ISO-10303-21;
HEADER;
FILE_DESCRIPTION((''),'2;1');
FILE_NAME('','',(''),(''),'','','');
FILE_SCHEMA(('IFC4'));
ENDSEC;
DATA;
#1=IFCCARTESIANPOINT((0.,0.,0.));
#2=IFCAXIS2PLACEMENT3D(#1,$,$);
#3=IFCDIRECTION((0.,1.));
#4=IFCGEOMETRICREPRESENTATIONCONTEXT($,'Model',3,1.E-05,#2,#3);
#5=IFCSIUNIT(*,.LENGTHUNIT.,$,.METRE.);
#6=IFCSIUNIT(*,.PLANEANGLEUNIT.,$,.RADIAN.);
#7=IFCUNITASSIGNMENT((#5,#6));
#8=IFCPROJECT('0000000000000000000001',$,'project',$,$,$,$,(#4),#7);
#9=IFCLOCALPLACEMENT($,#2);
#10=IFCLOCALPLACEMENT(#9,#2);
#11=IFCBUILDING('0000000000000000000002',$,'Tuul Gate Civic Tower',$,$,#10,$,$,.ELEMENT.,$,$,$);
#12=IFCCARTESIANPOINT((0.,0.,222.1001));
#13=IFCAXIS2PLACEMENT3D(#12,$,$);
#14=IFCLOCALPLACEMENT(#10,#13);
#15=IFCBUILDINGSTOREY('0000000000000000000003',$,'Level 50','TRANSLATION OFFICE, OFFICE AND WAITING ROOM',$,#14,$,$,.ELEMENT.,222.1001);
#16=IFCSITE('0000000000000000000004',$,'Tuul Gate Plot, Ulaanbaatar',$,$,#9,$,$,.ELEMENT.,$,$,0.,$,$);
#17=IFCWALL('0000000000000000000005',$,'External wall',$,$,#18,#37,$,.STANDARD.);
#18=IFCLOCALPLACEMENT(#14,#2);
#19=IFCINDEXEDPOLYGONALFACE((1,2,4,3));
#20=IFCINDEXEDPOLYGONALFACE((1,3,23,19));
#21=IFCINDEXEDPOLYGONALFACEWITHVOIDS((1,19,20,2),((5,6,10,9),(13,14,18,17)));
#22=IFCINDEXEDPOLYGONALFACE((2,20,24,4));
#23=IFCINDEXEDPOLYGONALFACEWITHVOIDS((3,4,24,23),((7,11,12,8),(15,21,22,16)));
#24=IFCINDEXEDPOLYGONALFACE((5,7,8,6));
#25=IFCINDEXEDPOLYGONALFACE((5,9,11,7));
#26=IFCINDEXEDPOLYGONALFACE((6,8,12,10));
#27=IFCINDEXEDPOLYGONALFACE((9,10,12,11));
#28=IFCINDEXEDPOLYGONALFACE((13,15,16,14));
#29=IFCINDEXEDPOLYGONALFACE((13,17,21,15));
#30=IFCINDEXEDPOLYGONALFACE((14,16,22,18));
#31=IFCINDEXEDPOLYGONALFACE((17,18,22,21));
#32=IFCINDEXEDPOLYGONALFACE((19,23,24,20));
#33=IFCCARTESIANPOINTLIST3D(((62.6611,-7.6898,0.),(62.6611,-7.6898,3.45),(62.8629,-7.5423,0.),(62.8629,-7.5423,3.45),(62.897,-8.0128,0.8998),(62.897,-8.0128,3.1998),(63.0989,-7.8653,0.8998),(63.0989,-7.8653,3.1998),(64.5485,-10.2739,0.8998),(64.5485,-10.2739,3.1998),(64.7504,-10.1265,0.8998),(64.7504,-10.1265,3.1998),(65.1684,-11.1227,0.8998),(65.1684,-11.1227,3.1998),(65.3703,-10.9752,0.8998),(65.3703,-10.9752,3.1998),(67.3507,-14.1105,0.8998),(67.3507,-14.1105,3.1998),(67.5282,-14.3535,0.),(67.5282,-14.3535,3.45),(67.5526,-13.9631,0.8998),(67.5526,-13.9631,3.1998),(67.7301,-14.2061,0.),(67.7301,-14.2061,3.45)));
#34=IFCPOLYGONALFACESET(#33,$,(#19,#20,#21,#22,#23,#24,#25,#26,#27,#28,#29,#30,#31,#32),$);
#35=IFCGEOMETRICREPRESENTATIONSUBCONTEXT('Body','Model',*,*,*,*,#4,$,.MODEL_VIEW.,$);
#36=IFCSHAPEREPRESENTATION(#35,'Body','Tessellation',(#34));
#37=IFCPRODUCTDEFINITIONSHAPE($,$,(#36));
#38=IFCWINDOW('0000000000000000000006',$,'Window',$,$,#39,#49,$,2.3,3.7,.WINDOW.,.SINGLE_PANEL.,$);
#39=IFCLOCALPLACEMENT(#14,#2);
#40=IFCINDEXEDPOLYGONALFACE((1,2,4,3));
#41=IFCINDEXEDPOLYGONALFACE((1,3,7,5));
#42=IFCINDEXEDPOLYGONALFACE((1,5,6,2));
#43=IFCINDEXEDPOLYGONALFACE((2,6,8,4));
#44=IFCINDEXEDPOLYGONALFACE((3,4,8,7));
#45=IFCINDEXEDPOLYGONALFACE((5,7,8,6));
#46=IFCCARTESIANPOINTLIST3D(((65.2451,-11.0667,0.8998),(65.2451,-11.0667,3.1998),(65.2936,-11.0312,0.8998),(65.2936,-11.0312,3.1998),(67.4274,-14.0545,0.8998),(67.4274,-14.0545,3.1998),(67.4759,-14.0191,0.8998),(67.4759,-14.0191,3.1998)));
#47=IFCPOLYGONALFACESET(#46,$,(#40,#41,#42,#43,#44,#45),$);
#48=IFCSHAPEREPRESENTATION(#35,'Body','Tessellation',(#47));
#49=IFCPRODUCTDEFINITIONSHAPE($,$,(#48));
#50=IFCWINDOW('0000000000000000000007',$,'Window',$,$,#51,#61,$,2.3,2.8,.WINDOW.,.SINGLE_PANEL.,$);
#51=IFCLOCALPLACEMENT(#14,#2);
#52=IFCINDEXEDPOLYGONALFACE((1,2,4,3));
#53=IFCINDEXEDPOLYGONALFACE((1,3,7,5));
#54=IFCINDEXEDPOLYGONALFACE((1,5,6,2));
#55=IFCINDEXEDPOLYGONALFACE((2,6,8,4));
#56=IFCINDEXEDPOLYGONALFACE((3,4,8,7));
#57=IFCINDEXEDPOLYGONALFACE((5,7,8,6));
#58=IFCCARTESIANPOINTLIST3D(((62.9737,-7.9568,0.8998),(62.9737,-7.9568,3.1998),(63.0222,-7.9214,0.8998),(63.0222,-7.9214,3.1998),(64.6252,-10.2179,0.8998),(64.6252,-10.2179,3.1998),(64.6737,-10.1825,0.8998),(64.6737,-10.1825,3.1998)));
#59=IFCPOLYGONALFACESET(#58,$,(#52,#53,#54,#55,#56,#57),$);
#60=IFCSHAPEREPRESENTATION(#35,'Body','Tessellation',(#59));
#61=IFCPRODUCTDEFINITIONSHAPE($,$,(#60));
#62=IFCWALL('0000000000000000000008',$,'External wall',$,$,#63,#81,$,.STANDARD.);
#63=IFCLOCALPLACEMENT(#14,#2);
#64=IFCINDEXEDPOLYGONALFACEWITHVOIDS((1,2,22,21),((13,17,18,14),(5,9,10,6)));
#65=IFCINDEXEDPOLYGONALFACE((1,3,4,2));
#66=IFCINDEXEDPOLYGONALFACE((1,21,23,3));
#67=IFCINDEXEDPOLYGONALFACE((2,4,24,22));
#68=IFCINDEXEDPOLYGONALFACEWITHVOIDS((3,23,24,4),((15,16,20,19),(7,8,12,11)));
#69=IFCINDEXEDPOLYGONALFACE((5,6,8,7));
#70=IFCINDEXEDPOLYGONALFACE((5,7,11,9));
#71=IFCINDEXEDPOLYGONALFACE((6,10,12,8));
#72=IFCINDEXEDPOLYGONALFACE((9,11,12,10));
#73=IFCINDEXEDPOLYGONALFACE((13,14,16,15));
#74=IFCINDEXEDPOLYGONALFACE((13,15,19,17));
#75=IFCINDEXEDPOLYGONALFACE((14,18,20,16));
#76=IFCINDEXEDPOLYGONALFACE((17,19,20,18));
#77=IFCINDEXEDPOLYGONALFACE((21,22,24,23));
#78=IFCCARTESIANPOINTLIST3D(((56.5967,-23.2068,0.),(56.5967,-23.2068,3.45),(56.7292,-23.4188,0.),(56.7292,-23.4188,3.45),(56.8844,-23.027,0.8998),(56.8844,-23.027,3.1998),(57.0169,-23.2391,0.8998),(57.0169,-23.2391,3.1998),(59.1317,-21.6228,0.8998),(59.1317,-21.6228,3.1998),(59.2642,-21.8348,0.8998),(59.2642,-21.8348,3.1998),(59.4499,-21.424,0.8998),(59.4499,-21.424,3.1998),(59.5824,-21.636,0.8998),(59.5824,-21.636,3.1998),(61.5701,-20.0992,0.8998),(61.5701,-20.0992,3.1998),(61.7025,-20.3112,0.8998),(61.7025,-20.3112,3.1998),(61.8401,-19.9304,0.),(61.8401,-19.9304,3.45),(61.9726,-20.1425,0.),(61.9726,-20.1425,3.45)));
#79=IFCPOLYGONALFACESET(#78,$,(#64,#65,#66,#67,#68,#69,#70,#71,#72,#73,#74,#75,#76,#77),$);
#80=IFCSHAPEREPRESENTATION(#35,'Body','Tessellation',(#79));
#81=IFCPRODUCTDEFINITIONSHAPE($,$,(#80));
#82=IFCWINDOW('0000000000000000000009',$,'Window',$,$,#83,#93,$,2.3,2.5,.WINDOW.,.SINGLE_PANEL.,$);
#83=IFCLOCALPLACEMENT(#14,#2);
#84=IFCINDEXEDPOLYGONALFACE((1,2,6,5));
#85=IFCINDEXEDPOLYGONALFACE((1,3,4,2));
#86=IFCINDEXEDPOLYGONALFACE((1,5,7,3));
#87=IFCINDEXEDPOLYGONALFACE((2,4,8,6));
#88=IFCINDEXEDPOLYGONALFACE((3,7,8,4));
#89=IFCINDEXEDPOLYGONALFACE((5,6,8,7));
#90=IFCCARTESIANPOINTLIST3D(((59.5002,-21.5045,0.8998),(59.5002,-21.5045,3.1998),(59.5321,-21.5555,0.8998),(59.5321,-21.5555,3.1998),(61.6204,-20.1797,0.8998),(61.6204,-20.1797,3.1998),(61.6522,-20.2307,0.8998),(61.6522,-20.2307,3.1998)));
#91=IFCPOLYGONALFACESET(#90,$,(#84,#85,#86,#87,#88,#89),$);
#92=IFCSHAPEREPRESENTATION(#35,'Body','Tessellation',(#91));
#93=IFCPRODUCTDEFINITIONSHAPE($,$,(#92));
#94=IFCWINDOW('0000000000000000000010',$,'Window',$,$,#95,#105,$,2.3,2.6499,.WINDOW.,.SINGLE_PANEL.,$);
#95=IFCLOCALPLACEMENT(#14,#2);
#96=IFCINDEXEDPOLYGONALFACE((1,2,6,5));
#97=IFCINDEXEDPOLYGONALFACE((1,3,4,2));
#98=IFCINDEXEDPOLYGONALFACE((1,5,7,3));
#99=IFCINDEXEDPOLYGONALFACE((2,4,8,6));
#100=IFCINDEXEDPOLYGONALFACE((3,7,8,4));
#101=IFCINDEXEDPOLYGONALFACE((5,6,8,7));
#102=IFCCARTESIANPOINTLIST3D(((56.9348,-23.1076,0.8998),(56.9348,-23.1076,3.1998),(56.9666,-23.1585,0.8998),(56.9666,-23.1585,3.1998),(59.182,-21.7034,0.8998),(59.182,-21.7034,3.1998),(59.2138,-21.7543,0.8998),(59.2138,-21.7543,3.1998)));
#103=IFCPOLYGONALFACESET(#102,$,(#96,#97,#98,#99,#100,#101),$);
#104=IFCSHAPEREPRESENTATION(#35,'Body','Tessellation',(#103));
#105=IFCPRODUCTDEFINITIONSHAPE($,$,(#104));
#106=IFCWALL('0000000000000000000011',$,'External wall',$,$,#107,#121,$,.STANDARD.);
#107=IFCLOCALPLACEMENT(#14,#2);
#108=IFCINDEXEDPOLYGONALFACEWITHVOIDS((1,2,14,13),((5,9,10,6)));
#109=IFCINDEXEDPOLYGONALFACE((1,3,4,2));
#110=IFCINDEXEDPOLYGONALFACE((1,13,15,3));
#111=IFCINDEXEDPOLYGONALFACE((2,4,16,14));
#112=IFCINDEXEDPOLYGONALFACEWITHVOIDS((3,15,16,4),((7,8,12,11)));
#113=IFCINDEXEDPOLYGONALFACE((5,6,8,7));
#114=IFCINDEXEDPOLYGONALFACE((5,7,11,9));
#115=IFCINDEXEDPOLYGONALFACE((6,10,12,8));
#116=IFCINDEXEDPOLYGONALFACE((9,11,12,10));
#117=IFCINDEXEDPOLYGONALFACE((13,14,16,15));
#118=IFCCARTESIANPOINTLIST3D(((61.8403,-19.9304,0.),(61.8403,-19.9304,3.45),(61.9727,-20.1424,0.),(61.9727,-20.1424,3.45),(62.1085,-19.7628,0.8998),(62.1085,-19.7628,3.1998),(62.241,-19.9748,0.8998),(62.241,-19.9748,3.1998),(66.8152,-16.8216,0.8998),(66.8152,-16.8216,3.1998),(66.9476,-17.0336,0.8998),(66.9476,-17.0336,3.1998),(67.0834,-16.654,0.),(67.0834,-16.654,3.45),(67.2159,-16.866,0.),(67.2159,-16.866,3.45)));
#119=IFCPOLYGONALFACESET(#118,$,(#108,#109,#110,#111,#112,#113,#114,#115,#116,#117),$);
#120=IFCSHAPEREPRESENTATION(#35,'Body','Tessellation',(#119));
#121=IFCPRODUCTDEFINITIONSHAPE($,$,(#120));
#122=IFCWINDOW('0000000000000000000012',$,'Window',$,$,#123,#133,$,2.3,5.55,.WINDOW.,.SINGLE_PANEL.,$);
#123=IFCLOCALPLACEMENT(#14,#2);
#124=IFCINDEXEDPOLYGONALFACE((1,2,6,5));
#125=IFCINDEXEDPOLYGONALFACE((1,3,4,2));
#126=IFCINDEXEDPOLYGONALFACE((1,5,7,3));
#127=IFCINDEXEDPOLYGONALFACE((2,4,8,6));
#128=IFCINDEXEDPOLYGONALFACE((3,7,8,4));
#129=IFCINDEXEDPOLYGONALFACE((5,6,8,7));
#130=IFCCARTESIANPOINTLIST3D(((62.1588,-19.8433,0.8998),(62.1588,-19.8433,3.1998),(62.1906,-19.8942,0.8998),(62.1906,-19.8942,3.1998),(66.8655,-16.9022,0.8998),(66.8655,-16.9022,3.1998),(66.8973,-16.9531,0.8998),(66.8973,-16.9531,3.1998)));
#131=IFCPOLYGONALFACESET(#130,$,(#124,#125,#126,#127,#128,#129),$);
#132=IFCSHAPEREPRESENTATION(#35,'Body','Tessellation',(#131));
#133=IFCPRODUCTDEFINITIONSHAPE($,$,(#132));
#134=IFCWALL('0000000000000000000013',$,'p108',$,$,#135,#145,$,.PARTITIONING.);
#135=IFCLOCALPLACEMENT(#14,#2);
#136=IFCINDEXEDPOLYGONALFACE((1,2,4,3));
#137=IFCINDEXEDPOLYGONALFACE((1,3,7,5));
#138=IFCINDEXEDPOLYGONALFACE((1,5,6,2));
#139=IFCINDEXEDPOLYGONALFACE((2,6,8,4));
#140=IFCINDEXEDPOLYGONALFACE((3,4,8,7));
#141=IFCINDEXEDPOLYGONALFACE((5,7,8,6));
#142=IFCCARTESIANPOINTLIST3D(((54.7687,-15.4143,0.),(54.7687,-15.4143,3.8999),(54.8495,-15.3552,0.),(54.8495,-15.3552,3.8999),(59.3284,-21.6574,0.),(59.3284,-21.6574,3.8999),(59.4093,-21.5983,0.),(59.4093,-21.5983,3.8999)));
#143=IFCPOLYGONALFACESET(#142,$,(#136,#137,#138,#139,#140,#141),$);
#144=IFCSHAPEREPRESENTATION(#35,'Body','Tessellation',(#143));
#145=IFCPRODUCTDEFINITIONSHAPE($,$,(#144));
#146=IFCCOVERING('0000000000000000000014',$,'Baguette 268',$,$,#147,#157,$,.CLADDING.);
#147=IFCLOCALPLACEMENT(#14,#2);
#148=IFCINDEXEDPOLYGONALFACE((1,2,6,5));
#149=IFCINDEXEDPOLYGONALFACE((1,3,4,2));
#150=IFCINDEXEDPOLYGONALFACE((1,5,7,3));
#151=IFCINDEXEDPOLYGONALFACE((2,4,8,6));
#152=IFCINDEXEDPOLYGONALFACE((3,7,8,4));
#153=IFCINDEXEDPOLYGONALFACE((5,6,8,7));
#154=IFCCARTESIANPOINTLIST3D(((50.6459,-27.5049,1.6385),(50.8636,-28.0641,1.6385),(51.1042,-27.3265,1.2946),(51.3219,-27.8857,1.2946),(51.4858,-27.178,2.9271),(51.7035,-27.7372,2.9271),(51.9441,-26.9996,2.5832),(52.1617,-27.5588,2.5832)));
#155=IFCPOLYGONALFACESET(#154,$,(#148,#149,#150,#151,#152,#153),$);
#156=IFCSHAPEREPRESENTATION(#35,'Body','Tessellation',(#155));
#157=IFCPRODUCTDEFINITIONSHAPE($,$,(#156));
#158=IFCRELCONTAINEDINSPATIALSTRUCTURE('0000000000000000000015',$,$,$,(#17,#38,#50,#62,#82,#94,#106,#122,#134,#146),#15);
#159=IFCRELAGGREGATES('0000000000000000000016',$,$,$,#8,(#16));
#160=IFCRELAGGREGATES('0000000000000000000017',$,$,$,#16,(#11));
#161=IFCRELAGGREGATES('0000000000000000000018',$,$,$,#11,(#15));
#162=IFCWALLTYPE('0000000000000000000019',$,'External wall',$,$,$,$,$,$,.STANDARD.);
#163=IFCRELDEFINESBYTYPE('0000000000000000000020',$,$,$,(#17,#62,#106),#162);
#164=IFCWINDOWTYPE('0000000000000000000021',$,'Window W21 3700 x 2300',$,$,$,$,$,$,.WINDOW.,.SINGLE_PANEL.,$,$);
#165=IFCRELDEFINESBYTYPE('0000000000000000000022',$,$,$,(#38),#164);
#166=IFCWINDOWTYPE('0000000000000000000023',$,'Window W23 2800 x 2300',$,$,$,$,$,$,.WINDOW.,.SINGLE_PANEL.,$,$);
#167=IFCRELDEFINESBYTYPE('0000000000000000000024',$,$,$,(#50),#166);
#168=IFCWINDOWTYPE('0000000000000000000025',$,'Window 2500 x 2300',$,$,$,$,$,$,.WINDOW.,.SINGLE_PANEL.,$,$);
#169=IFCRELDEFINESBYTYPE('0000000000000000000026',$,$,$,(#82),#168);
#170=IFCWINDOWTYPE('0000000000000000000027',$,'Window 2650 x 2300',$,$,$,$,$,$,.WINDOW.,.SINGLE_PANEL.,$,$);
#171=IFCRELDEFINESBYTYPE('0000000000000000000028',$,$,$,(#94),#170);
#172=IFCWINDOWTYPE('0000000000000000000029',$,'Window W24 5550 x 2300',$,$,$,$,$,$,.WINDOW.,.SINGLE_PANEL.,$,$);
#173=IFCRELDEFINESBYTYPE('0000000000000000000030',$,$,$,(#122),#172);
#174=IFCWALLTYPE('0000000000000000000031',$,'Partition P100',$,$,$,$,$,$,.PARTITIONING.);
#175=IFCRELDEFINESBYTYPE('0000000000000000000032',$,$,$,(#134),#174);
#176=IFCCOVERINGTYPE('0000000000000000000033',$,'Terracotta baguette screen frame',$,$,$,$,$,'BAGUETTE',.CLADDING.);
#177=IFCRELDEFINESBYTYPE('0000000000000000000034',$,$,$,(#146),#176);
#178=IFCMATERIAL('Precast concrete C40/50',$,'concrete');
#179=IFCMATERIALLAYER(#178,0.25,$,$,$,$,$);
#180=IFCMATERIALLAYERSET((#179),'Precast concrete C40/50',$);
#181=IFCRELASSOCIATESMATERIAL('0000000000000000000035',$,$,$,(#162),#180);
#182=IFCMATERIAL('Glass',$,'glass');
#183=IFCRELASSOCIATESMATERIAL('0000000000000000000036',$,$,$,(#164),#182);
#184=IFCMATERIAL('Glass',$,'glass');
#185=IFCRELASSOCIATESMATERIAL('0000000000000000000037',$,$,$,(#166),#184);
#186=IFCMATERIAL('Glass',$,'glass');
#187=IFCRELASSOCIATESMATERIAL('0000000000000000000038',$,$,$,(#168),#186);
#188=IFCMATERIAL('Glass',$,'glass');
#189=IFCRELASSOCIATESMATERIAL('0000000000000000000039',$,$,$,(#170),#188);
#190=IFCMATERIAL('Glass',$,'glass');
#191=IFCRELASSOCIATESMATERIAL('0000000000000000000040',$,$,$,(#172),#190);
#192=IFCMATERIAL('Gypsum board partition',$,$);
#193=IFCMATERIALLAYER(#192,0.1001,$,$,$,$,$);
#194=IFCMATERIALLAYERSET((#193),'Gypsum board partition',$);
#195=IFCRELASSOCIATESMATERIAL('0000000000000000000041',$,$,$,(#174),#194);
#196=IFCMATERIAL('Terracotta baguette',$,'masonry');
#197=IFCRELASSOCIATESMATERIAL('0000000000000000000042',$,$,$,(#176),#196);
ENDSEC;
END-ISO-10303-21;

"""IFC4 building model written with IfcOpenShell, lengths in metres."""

from ifc_helpers import new_model, si_unit, direction, frame, frame_2d, origin, origin_2d, place, context, subcontext, project, spatial, rectangle, extrude, material, layer, layer_set, material_profile, profile_set, type_object, element, fill, save


model = new_model("IFC4")

# Units and contexts
model_context = context("Model", 3, precision=1e-05, world=origin(), true_north=direction((0.0, 1.0)))
body_context = subcontext(model_context, "Body", "Model", "MODEL_VIEW")
ifc_project = project(units=[si_unit("LENGTHUNIT", "METRE"), si_unit("PLANEANGLEUNIT", "RADIAN")], contexts=[model_context])

# Site, building, storey
site_placement = place(None, origin())
site = spatial("IfcSite", under=ifc_project, at=site_placement, Name="Tuul Gate Plot, Ulaanbaatar", CompositionType="ELEMENT", RefElevation=0.0)
building_placement = place(site_placement, origin())
building = spatial("IfcBuilding", under=site, at=building_placement, Name="Tuul Gate Civic Tower", CompositionType="ELEMENT")
storey_placement = place(building_placement, frame((0.0, 0.0, 222.1001)))
storey = spatial("IfcBuildingStorey", under=building, at=storey_placement, Name="Level 50", Description="TRANSLATION OFFICE, OFFICE AND WAITING ROOM", CompositionType="ELEMENT", Elevation=222.1001)

# Shared definitions
ifc_material_1 = material(Name="Precast concrete C40/50", Category="concrete")
ifc_layer_1 = layer(ifc_material_1, 0.25)
ifc_layer_set_1 = layer_set([ifc_layer_1], Name="Precast concrete C40/50")
wall_type_1 = type_object("IfcWallType", Name="External wall", PredefinedType="STANDARD", material=ifc_layer_set_1)

# Walls, openings, windows
wall_1_placement = place(storey_placement, frame((67.6292, -14.2798, 0.0), z_axis=(0.0, 0.0, 1.0), x_axis=(-0.589817, 0.807537, 0.0)))
wall_1 = element("IfcWall", 1, at=wall_1_placement, inside=storey, type_object=wall_type_1, Name="External wall", PredefinedType="STANDARD", context=body_context, shape_type="SweptSolid", body=[
    extrude(rectangle(XDim=8.252, YDim=0.25, at=frame_2d((4.126, 0.0))), origin(), (0.0, 0.0, 1.0), 3.45),
])
opening_1_placement = place(wall_1_placement, frame((0.3008, 0.0, 0.8999)))
opening_1 = element("IfcOpeningElement", 2, at=opening_1_placement, cuts=wall_1, PredefinedType="OPENING", context=body_context, shape_type="SweptSolid", body=[
    extrude(rectangle(XDim=3.7, YDim=2.3, at=frame_2d((1.8501, 1.1499))), frame((0.0, 0.135, 0.0), z_axis=(0.0, -1.0, 0.0), x_axis=(1.0, 0.0, 0.0)), (0.0, 0.0, 1.0), 0.27),
])
opening_2_placement = place(wall_1_placement, frame((5.052, 0.0, 0.8999)))
opening_2 = element("IfcOpeningElement", 3, at=opening_2_placement, cuts=wall_1, PredefinedType="OPENING", context=body_context, shape_type="SweptSolid", body=[
    extrude(rectangle(XDim=2.8, YDim=2.3, at=frame_2d((1.3999, 1.1499))), frame((0.0, 0.135, 0.0), z_axis=(0.0, -1.0, 0.0), x_axis=(1.0, 0.0, 0.0)), (0.0, 0.0, 1.0), 0.27),
])
ifc_material_2 = material(Name="Glass", Category="glass")
window_type_1 = type_object("IfcWindowType", Name="Window W21 3700 x 2300", PartitioningType="SINGLE_PANEL", PredefinedType="WINDOW", material=ifc_material_2)
window_1_placement = place(opening_1_placement, origin())
window_1 = element("IfcWindow", 4, at=window_1_placement, inside=storey, type_object=window_type_1, Name="Window", OverallHeight=2.3, OverallWidth=3.7, PartitioningType="SINGLE_PANEL", PredefinedType="WINDOW", context=body_context, shape_type="SweptSolid", body=[
    extrude(rectangle(XDim=3.7, YDim=2.3, at=frame_2d((1.8501, 1.1499))), frame((0.0, 0.03, 0.0), z_axis=(0.0, -1.0, 0.0), x_axis=(1.0, 0.0, 0.0)), (0.0, 0.0, 1.0), 0.0601),
])
fill(opening_1, window_1)
ifc_material_3 = material(Name="Glass", Category="glass")
window_type_2 = type_object("IfcWindowType", Name="Window W23 2800 x 2300", PartitioningType="SINGLE_PANEL", PredefinedType="WINDOW", material=ifc_material_3)
window_2_placement = place(opening_2_placement, origin())
window_2 = element("IfcWindow", 5, at=window_2_placement, inside=storey, type_object=window_type_2, Name="Window", OverallHeight=2.3, OverallWidth=2.8, PartitioningType="SINGLE_PANEL", PredefinedType="WINDOW", context=body_context, shape_type="SweptSolid", body=[
    extrude(rectangle(XDim=2.8, YDim=2.3, at=frame_2d((1.3999, 1.1499))), frame((0.0, 0.03, 0.0), z_axis=(0.0, -1.0, 0.0), x_axis=(1.0, 0.0, 0.0)), (0.0, 0.0, 1.0), 0.0601),
])
fill(opening_2, window_2)
wall_2_placement = place(storey_placement, frame((56.6631, -23.3127, 0.0), z_axis=(0.0, 0.0, 1.0), x_axis=(0.848054, 0.52991, 0.0)))
wall_2 = element("IfcWall", 6, at=wall_2_placement, inside=storey, type_object=wall_type_1, Name="External wall", PredefinedType="STANDARD", context=body_context, shape_type="SweptSolid", body=[
    extrude(rectangle(XDim=6.1829, YDim=0.25, at=frame_2d((3.0913, 0.0))), origin(), (0.0, 0.0, 1.0), 3.45),
])
opening_3_placement = place(wall_2_placement, frame((0.3391, 0.0, 0.8999)))
opening_3 = element("IfcOpeningElement", 7, at=opening_3_placement, cuts=wall_2, PredefinedType="OPENING", context=body_context, shape_type="SweptSolid", body=[
    extrude(rectangle(XDim=2.6499, YDim=2.3, at=frame_2d((1.325, 1.1499))), frame((0.0, 0.135, 0.0), z_axis=(0.0, -1.0, 0.0), x_axis=(1.0, 0.0, 0.0)), (0.0, 0.0, 1.0), 0.27),
])
opening_4_placement = place(wall_2_placement, frame((3.3643, 0.0, 0.8999)))
opening_4 = element("IfcOpeningElement", 8, at=opening_4_placement, cuts=wall_2, PredefinedType="OPENING", context=body_context, shape_type="SweptSolid", body=[
    extrude(rectangle(XDim=2.5, YDim=2.3, at=frame_2d((1.25, 1.1499))), frame((0.0, 0.135, 0.0), z_axis=(0.0, -1.0, 0.0), x_axis=(1.0, 0.0, 0.0)), (0.0, 0.0, 1.0), 0.27),
])
ifc_material_4 = material(Name="Glass", Category="glass")
window_type_3 = type_object("IfcWindowType", Name="Window 2500 x 2300", PartitioningType="SINGLE_PANEL", PredefinedType="WINDOW", material=ifc_material_4)
window_3_placement = place(opening_4_placement, origin())
window_3 = element("IfcWindow", 9, at=window_3_placement, inside=storey, type_object=window_type_3, Name="Window", OverallHeight=2.3, OverallWidth=2.5, PartitioningType="SINGLE_PANEL", PredefinedType="WINDOW", context=body_context, shape_type="SweptSolid", body=[
    extrude(rectangle(XDim=2.5, YDim=2.3, at=frame_2d((1.25, 1.1499))), frame((0.0, 0.03, 0.0), z_axis=(0.0, -1.0, 0.0), x_axis=(1.0, 0.0, 0.0)), (0.0, 0.0, 1.0), 0.0601),
])
fill(opening_4, window_3)
ifc_material_5 = material(Name="Glass", Category="glass")
window_type_4 = type_object("IfcWindowType", Name="Window 2650 x 2300", PartitioningType="SINGLE_PANEL", PredefinedType="WINDOW", material=ifc_material_5)
window_4_placement = place(opening_3_placement, origin())
window_4 = element("IfcWindow", 10, at=window_4_placement, inside=storey, type_object=window_type_4, Name="Window", OverallHeight=2.3, OverallWidth=2.6499, PartitioningType="SINGLE_PANEL", PredefinedType="WINDOW", context=body_context, shape_type="SweptSolid", body=[
    extrude(rectangle(XDim=2.6499, YDim=2.3, at=frame_2d((1.325, 1.1499))), frame((0.0, 0.03, 0.0), z_axis=(0.0, -1.0, 0.0), x_axis=(1.0, 0.0, 0.0)), (0.0, 0.0, 1.0), 0.0601),
])
fill(opening_3, window_4)

# Wall, opening, window
wall_3_placement = place(storey_placement, frame((61.9065, -20.0364, 0.0), z_axis=(0.0, 0.0, 1.0), x_axis=(0.848043, 0.529928, 0.0)))
wall_3 = element("IfcWall", 11, at=wall_3_placement, inside=storey, type_object=wall_type_1, Name="External wall", PredefinedType="STANDARD", context=body_context, shape_type="SweptSolid", body=[
    extrude(rectangle(XDim=6.1826, YDim=0.25, at=frame_2d((3.0913, 0.0))), origin(), (0.0, 0.0, 1.0), 3.45),
])
opening_5_placement = place(wall_3_placement, frame((0.3164, 0.0, 0.8999)))
opening_5 = element("IfcOpeningElement", 12, at=opening_5_placement, cuts=wall_3, PredefinedType="OPENING", context=body_context, shape_type="SweptSolid", body=[
    extrude(rectangle(XDim=5.55, YDim=2.3, at=frame_2d((2.7749, 1.1499))), frame((0.0, 0.135, 0.0), z_axis=(0.0, -1.0, 0.0), x_axis=(1.0, 0.0, 0.0)), (0.0, 0.0, 1.0), 0.27),
])
ifc_material_6 = material(Name="Glass", Category="glass")
window_type_5 = type_object("IfcWindowType", Name="Window W24 5550 x 2300", PartitioningType="SINGLE_PANEL", PredefinedType="WINDOW", material=ifc_material_6)
window_5_placement = place(opening_5_placement, origin())
window_5 = element("IfcWindow", 13, at=window_5_placement, inside=storey, type_object=window_type_5, Name="Window", OverallHeight=2.3, OverallWidth=5.55, PartitioningType="SINGLE_PANEL", PredefinedType="WINDOW", context=body_context, shape_type="SweptSolid", body=[
    extrude(rectangle(XDim=5.55, YDim=2.3, at=frame_2d((2.7749, 1.1499))), frame((0.0, 0.03, 0.0), z_axis=(0.0, -1.0, 0.0), x_axis=(1.0, 0.0, 0.0)), (0.0, 0.0, 1.0), 0.0601),
])
fill(opening_5, window_5)

# Wall
ifc_material_7 = material(Name="Gypsum board partition")
ifc_layer_2 = layer(ifc_material_7, 0.1001)
ifc_layer_set_2 = layer_set([ifc_layer_2], Name="Gypsum board partition")
wall_type_2 = type_object("IfcWallType", Name="Partition P100", PredefinedType="PARTITIONING", material=ifc_layer_set_2)
wall_4_placement = place(storey_placement, frame((54.8091, -15.3848, 0.0), z_axis=(0.0, 0.0, 1.0), x_axis=(0.589806, -0.807545, 0.0)))
element("IfcWall", 14, at=wall_4_placement, inside=storey, type_object=wall_type_2, Name="p108", PredefinedType="PARTITIONING", context=body_context, shape_type="SweptSolid", body=[
    extrude(rectangle(XDim=7.731, YDim=0.1001, at=frame_2d((3.8655, 0.0))), origin(), (0.0, 0.0, 1.0), 3.8999),
])

# Covering
ifc_material_8 = material(Name="Terracotta baguette", Category="masonry")
ifc_material_profile_1 = material_profile(ifc_material_8, rectangle(XDim=0.6001, YDim=0.6001, at=origin_2d()), Name="Terracotta baguette screen frame")
ifc_profile_set_1 = profile_set([ifc_material_profile_1], Name="Terracotta baguette")
covering_type = type_object("IfcCoveringType", Name="Terracotta baguette screen frame", ElementType="BAGUETTE", PredefinedType="CLADDING", material=ifc_profile_set_1)
covering_1_placement = place(storey_placement, frame((50.9839, -27.6953, 1.4666), z_axis=(0.534096, 0.207894, 0.819464), x_axis=(-0.362734, 0.931893, 0.0)))
element("IfcCovering", 15, at=covering_1_placement, inside=storey, type_object=covering_type, Name="Baguette 268", PredefinedType="CLADDING", context=body_context, shape_type="SweptSolid", body=[
    extrude(rectangle(XDim=0.6001, YDim=0.6001, at=origin_2d()), origin(), (0.0, 0.0, 1.0), 1.5725),
])

save(model, "model.ifc")
